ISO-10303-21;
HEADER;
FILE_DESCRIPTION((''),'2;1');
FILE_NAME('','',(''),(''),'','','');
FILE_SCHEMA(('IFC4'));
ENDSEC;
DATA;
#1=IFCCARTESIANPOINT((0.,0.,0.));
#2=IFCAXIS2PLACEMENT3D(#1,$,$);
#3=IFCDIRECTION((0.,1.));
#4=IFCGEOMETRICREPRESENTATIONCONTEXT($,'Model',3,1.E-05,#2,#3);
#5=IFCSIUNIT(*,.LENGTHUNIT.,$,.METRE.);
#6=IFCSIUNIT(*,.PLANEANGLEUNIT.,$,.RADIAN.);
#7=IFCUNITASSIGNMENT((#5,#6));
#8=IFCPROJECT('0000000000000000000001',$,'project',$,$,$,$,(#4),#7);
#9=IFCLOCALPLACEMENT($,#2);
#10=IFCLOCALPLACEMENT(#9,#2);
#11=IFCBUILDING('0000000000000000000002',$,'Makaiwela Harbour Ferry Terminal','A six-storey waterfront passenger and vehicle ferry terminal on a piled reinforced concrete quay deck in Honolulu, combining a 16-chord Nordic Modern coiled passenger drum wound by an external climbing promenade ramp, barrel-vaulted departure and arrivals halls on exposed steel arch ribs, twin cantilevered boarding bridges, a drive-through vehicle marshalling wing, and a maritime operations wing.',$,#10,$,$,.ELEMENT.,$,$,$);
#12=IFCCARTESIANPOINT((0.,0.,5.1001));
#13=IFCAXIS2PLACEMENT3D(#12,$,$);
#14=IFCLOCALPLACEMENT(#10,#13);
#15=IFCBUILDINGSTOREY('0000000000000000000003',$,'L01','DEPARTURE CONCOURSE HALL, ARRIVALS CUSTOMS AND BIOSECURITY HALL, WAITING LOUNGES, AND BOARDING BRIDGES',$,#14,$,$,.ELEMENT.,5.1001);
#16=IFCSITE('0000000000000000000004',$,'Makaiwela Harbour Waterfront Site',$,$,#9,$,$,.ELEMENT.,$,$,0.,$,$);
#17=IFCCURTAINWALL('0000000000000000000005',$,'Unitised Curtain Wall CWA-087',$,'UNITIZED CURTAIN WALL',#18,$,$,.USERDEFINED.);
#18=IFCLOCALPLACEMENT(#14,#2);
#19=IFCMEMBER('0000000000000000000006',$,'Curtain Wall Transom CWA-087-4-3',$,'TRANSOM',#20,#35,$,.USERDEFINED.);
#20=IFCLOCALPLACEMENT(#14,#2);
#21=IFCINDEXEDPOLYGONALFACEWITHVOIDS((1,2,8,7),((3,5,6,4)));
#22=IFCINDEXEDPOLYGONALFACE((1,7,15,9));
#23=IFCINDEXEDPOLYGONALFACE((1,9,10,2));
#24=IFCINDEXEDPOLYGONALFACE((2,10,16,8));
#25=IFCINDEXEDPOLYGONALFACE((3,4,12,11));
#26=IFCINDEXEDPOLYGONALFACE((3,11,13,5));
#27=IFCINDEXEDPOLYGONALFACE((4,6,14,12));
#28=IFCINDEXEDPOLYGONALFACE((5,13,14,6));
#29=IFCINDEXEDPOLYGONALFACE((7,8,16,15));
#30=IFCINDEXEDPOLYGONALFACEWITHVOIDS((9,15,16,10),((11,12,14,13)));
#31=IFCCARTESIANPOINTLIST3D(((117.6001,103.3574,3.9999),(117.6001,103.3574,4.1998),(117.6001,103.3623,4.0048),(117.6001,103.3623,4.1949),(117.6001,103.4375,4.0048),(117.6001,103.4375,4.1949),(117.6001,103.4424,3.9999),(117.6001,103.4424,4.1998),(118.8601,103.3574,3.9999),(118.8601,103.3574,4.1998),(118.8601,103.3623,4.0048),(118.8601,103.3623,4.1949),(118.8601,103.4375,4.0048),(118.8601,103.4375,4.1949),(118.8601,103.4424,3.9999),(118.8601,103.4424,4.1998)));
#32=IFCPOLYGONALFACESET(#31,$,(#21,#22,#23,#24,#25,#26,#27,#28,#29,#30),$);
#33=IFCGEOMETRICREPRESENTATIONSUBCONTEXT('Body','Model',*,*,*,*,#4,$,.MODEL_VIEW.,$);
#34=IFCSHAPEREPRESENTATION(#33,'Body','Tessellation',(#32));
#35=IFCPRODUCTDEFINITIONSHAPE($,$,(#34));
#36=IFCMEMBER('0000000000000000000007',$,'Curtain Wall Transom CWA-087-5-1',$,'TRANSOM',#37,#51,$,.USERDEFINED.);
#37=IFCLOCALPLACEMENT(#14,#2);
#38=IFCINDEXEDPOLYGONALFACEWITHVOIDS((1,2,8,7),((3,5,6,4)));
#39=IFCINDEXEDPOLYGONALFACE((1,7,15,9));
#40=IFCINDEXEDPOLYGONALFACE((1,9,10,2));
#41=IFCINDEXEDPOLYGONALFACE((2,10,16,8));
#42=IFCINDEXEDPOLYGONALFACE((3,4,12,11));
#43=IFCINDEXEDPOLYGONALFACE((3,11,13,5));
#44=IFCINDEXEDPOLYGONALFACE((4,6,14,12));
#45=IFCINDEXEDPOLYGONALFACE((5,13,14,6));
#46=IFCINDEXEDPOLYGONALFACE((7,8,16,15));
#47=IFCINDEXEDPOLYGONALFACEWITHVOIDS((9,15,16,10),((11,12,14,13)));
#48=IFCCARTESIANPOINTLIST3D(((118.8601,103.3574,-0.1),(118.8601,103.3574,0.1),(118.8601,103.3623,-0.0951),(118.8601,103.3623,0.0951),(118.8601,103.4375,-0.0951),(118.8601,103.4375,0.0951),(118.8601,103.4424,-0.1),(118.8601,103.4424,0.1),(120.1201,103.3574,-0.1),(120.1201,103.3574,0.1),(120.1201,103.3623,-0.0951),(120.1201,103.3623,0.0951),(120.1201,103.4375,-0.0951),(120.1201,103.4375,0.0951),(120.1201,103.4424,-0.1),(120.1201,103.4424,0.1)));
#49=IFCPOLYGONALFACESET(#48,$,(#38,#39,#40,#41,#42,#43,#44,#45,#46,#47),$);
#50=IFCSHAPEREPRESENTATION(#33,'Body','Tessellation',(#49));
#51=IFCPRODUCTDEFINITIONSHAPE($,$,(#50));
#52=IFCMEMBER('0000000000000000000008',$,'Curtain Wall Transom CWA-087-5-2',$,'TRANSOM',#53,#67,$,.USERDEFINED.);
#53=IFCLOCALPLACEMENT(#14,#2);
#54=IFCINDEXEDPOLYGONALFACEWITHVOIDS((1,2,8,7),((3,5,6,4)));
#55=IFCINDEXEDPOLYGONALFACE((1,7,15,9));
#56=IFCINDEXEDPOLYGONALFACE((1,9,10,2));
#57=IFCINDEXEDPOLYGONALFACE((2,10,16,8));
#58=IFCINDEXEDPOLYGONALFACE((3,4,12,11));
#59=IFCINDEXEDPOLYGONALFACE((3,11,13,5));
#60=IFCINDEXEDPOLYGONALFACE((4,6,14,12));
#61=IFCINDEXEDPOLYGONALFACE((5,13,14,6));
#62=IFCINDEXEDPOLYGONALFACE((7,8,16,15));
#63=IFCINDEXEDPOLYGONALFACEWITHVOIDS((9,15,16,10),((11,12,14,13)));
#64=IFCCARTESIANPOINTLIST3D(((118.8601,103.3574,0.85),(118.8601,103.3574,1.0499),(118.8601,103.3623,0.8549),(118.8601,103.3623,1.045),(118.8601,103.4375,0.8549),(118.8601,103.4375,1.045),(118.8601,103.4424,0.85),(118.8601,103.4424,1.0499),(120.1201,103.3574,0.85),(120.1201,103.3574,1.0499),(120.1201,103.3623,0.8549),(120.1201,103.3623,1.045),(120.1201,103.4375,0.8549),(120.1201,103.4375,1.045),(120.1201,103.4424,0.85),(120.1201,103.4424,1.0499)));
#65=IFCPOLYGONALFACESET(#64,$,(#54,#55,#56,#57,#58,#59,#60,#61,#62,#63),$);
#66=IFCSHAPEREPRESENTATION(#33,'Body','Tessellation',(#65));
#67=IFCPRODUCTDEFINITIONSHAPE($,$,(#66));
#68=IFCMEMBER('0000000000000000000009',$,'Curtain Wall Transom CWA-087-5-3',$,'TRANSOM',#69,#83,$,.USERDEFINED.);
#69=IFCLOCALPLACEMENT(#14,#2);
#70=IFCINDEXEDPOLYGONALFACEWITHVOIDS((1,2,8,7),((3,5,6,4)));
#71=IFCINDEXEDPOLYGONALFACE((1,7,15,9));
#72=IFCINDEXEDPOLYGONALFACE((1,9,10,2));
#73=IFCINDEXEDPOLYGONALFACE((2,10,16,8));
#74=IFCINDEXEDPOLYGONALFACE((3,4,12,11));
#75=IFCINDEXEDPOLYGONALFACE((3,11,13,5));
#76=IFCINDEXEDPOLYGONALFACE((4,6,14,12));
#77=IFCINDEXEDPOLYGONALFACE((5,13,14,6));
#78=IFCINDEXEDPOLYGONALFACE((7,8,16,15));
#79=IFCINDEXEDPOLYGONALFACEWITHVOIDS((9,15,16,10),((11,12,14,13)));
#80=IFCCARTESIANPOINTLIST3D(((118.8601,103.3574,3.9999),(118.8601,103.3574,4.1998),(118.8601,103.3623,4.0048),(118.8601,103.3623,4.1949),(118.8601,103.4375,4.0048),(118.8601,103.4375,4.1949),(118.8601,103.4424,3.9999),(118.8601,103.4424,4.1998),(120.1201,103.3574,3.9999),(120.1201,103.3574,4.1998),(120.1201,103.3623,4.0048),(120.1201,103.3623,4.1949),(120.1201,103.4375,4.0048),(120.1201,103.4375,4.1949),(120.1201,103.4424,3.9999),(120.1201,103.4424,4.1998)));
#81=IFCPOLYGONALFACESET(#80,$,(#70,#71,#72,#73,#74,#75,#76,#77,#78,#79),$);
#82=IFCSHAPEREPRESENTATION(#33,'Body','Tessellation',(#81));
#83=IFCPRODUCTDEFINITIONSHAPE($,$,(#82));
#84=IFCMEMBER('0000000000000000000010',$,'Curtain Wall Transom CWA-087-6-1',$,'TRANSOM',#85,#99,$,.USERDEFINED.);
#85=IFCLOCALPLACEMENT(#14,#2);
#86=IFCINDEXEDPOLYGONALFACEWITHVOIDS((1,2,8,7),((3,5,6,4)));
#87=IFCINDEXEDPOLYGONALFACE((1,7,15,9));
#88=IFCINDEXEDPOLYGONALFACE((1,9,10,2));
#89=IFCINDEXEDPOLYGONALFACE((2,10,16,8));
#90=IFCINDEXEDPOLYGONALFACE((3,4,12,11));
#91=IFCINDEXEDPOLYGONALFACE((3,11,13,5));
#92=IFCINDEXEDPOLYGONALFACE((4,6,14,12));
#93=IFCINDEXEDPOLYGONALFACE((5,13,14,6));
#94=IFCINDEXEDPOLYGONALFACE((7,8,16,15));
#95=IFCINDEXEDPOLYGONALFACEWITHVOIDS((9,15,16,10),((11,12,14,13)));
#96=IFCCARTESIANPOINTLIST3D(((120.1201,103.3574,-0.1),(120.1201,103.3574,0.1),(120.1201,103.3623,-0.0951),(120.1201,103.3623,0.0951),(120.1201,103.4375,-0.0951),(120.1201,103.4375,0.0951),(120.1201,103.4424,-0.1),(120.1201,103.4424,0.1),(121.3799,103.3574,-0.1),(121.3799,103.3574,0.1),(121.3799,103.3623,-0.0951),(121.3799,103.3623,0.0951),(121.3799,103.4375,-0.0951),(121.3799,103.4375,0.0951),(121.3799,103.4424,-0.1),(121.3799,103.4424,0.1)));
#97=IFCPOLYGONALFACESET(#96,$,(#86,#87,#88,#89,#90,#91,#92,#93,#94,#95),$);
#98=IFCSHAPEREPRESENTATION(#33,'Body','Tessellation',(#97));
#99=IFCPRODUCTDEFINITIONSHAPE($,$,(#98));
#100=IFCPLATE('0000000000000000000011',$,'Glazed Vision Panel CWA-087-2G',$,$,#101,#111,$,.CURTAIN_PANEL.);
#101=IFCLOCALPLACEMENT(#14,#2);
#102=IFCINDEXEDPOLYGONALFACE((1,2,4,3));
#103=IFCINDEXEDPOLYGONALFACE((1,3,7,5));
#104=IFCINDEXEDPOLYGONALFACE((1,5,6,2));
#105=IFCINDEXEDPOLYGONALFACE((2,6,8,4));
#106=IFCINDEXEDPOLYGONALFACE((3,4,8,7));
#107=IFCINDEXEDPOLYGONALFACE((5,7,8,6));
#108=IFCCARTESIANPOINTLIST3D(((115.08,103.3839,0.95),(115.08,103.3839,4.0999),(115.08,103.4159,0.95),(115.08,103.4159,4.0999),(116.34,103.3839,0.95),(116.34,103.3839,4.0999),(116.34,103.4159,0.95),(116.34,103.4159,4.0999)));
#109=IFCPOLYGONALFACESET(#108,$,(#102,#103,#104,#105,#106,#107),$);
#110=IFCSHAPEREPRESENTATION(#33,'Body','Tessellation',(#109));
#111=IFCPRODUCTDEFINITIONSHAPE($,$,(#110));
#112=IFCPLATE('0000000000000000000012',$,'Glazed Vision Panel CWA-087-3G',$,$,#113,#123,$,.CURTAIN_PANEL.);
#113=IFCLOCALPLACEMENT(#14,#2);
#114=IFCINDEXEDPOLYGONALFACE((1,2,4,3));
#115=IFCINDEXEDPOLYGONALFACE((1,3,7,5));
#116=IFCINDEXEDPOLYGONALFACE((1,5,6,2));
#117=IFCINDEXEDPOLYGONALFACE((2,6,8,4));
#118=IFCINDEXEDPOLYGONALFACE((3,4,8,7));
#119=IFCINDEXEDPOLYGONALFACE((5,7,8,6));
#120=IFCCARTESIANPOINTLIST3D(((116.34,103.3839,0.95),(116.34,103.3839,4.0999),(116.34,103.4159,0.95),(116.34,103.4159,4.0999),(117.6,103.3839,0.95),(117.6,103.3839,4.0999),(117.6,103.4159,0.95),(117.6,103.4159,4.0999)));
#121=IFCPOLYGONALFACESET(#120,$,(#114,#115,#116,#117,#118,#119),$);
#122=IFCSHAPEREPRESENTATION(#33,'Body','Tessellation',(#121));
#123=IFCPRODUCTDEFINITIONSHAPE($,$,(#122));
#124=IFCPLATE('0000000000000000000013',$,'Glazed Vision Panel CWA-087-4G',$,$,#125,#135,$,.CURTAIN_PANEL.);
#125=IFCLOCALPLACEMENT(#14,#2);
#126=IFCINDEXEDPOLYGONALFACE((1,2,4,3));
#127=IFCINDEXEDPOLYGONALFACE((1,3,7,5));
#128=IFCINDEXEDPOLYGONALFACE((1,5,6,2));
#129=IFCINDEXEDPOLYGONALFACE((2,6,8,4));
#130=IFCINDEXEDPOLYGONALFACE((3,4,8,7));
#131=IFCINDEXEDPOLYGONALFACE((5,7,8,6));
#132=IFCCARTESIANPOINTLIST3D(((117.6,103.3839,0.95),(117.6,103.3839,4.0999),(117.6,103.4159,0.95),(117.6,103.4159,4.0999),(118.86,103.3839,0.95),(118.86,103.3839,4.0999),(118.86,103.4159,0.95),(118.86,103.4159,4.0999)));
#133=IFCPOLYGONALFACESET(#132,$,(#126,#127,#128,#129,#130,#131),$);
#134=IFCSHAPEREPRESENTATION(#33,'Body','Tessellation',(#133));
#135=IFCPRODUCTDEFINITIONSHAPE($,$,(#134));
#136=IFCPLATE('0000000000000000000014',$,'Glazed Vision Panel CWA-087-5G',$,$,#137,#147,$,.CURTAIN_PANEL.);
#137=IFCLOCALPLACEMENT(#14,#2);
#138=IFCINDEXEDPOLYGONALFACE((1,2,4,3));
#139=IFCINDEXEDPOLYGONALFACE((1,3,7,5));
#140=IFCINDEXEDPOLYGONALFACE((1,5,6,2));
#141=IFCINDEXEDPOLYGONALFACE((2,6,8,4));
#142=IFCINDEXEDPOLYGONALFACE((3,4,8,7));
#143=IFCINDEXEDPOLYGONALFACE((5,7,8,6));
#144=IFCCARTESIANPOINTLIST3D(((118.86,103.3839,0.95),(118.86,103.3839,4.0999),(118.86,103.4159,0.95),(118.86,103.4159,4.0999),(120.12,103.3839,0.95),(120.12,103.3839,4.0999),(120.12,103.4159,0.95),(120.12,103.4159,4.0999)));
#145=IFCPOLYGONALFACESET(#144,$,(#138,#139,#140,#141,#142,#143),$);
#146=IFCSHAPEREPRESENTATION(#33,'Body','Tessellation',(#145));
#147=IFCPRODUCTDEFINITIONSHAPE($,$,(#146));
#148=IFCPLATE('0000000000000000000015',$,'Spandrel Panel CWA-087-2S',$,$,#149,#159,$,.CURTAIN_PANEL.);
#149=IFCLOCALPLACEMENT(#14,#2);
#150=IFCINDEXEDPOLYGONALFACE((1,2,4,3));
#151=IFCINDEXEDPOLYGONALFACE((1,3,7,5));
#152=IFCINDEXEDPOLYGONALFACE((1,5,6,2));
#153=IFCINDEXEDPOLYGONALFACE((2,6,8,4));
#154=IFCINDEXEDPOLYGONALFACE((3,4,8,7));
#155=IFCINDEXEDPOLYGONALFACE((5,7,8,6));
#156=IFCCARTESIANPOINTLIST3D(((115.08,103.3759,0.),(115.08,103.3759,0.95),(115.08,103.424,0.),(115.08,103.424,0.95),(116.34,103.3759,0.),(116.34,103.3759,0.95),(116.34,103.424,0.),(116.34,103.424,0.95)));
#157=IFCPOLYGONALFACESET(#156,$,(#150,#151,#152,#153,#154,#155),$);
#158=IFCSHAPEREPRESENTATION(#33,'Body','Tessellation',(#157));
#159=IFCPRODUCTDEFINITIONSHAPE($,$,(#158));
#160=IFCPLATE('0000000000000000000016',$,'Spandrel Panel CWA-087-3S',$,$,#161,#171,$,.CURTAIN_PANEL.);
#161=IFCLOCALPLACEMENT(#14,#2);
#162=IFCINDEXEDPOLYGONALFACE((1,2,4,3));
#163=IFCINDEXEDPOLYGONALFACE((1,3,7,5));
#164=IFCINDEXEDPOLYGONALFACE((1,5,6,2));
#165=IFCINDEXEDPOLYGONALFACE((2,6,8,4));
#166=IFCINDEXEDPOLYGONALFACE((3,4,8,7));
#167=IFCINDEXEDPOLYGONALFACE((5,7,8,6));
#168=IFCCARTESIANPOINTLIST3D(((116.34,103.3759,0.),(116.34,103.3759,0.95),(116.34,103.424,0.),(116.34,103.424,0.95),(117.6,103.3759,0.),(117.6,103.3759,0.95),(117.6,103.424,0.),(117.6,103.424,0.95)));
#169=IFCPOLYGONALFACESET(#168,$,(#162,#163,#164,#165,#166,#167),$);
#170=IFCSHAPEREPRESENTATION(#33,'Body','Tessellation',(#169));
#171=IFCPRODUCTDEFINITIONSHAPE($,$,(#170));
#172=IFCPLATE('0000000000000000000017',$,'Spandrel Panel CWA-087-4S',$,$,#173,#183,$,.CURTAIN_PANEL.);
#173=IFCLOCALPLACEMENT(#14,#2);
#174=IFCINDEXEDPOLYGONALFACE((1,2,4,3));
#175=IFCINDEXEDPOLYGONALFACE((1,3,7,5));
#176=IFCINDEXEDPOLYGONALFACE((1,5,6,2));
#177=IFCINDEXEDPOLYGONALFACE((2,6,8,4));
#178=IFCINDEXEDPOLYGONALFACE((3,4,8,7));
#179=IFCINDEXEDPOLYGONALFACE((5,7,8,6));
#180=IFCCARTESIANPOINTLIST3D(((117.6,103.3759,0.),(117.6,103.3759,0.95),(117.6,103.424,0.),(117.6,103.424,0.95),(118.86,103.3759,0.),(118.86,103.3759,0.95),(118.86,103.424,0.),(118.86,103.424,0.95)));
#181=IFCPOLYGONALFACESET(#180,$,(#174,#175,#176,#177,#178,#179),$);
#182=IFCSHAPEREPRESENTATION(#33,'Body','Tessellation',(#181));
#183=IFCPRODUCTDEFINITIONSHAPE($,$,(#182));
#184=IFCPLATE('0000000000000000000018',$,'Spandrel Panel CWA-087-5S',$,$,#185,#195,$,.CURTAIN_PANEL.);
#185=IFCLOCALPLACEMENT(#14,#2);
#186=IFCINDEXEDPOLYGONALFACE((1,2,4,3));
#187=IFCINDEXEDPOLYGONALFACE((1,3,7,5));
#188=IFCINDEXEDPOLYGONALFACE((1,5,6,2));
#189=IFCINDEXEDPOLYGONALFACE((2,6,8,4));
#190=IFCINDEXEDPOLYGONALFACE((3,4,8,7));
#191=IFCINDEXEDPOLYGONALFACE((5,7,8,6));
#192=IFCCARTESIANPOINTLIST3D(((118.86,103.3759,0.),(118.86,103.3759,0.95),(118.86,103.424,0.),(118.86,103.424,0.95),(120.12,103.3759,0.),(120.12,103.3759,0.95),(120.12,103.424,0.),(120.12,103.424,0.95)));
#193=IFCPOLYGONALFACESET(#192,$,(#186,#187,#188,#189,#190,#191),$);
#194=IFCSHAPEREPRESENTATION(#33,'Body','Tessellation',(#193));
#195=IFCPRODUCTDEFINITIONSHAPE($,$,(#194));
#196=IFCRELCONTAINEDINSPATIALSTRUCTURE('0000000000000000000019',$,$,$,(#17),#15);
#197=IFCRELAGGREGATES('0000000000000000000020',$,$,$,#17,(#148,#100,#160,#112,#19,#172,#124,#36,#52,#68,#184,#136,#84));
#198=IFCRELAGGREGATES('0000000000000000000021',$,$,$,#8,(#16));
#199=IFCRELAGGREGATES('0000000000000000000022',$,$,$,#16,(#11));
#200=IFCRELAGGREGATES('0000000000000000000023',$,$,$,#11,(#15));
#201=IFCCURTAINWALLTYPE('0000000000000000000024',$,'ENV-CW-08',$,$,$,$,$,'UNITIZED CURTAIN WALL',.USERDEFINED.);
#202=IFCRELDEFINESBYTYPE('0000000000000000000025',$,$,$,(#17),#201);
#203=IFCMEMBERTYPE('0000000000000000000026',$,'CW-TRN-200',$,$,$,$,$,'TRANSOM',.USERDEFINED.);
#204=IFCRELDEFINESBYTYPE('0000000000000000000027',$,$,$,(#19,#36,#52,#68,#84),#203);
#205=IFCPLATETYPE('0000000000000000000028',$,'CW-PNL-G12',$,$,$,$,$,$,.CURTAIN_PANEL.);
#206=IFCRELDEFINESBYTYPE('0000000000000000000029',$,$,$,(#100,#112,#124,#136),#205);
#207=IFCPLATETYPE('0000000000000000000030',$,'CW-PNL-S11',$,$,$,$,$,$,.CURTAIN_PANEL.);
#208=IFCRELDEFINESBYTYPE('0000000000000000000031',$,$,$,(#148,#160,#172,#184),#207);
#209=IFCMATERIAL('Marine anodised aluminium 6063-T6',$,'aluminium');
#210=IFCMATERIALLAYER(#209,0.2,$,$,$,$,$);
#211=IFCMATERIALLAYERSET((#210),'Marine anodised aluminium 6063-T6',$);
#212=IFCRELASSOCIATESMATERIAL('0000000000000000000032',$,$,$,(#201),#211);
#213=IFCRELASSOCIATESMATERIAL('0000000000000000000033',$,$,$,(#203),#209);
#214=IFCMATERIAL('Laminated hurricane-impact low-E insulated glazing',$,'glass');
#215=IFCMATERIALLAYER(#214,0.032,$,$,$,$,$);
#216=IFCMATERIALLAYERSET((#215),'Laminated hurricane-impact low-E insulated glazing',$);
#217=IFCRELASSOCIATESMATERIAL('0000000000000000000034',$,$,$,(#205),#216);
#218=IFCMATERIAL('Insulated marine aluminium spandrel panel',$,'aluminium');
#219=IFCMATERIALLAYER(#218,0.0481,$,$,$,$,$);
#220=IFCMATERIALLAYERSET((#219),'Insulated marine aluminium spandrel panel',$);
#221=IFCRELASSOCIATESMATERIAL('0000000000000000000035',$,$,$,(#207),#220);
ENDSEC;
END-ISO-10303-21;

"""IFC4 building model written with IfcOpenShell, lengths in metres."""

from ifc_helpers import new_model, si_unit, direction, frame, origin, origin_2d, place, context, subcontext, project, spatial, rectangle, hollow_rectangle, extrude, material, layer, layer_set, material_profile, profile_set, type_object, element, aggregate, save


model = new_model("IFC4")

# Units and contexts
model_context = context("Model", 3, precision=1e-05, world=origin(), true_north=direction((0.0, 1.0)))
body_context = subcontext(model_context, "Body", "Model", "MODEL_VIEW")
ifc_project = project(units=[si_unit("LENGTHUNIT", "METRE"), si_unit("PLANEANGLEUNIT", "RADIAN")], contexts=[model_context])

# Site, building, storey
site_placement = place(None, origin())
site = spatial("IfcSite", under=ifc_project, at=site_placement, Name="Makaiwela Harbour Waterfront Site", CompositionType="ELEMENT", RefElevation=0.0)
building_placement = place(site_placement, origin())
building = spatial("IfcBuilding", under=site, at=building_placement, Name="Makaiwela Harbour Ferry Terminal", Description="A six-storey waterfront passenger and vehicle ferry terminal on a piled reinforced concrete quay deck in Honolulu, combining a 16-chord Nordic Modern coiled passenger drum wound by an external climbing promenade ramp, barrel-vaulted departure and arrivals halls on exposed steel arch ribs, twin cantilevered boarding bridges, a drive-through vehicle marshalling wing, and a maritime operations wing.", CompositionType="ELEMENT")
storey_placement = place(building_placement, frame((0.0, 0.0, 5.1001)))
storey = spatial("IfcBuildingStorey", under=building, at=storey_placement, Name="L01", Description="DEPARTURE CONCOURSE HALL, ARRIVALS CUSTOMS AND BIOSECURITY HALL, WAITING LOUNGES, AND BOARDING BRIDGES", CompositionType="ELEMENT", Elevation=5.1001)

# Curtain wall, members, plates
ifc_material_1 = material(Name="Marine anodised aluminium 6063-T6", Category="aluminium")
ifc_layer_1 = layer(ifc_material_1, 0.2)
ifc_layer_set_1 = layer_set([ifc_layer_1], Name="Marine anodised aluminium 6063-T6")
curtain_wall_type = type_object("IfcCurtainWallType", Name="ENV-CW-08", ElementType="UNITIZED CURTAIN WALL", PredefinedType="USERDEFINED", material=ifc_layer_set_1)
curtain_wall_placement = place(storey_placement, origin())
curtain_wall = element("IfcCurtainWall", 1, at=curtain_wall_placement, inside=storey, type_object=curtain_wall_type, Name="Unitised Curtain Wall CWA-087", ObjectType="UNITIZED CURTAIN WALL", PredefinedType="USERDEFINED")
ifc_material_profile_1 = material_profile(ifc_material_1, hollow_rectangle(XDim=0.085, YDim=0.2, WallThickness=0.0049, at=origin_2d()), Name="CWT-200X85")
ifc_profile_set_1 = profile_set([ifc_material_profile_1], Name="Marine anodised aluminium 6063-T6")
member_type_1 = type_object("IfcMemberType", Name="CW-TRN-200", ElementType="TRANSOM", PredefinedType="USERDEFINED", material=ifc_profile_set_1)
member_1_placement = place(storey_placement, frame((117.6001, 103.3999, 4.0999), z_axis=(1.0, 0.0, 0.0), x_axis=(0.0, 1.0, 0.0)))
member_1 = element("IfcMember", 2, at=member_1_placement, type_object=member_type_1, Name="Curtain Wall Transom CWA-087-4-3", ObjectType="TRANSOM", PredefinedType="USERDEFINED", context=body_context, shape_type="SweptSolid", body=[
    extrude(hollow_rectangle(XDim=0.085, YDim=0.2, WallThickness=0.0049, at=origin_2d()), origin(), (0.0, 0.0, 1.0), 1.26),
])
member_2_placement = place(storey_placement, frame((118.8601, 103.3999, 0.0), z_axis=(1.0, 0.0, 0.0), x_axis=(0.0, 1.0, 0.0)))
member_2 = element("IfcMember", 3, at=member_2_placement, type_object=member_type_1, Name="Curtain Wall Transom CWA-087-5-1", ObjectType="TRANSOM", PredefinedType="USERDEFINED", context=body_context, shape_type="SweptSolid", body=[
    extrude(hollow_rectangle(XDim=0.085, YDim=0.2, WallThickness=0.0049, at=origin_2d()), origin(), (0.0, 0.0, 1.0), 1.26),
])
member_3_placement = place(storey_placement, frame((118.8601, 103.3999, 0.95), z_axis=(1.0, 0.0, 0.0), x_axis=(0.0, 1.0, 0.0)))
member_3 = element("IfcMember", 4, at=member_3_placement, type_object=member_type_1, Name="Curtain Wall Transom CWA-087-5-2", ObjectType="TRANSOM", PredefinedType="USERDEFINED", context=body_context, shape_type="SweptSolid", body=[
    extrude(hollow_rectangle(XDim=0.085, YDim=0.2, WallThickness=0.0049, at=origin_2d()), origin(), (0.0, 0.0, 1.0), 1.26),
])
member_4_placement = place(storey_placement, frame((118.8601, 103.3999, 4.0999), z_axis=(1.0, 0.0, 0.0), x_axis=(0.0, 1.0, 0.0)))
member_4 = element("IfcMember", 5, at=member_4_placement, type_object=member_type_1, Name="Curtain Wall Transom CWA-087-5-3", ObjectType="TRANSOM", PredefinedType="USERDEFINED", context=body_context, shape_type="SweptSolid", body=[
    extrude(hollow_rectangle(XDim=0.085, YDim=0.2, WallThickness=0.0049, at=origin_2d()), origin(), (0.0, 0.0, 1.0), 1.26),
])
member_5_placement = place(storey_placement, frame((120.1201, 103.3999, 0.0), z_axis=(1.0, 0.0, 0.0), x_axis=(0.0, 1.0, 0.0)))
member_5 = element("IfcMember", 6, at=member_5_placement, type_object=member_type_1, Name="Curtain Wall Transom CWA-087-6-1", ObjectType="TRANSOM", PredefinedType="USERDEFINED", context=body_context, shape_type="SweptSolid", body=[
    extrude(hollow_rectangle(XDim=0.085, YDim=0.2, WallThickness=0.0049, at=origin_2d()), origin(), (0.0, 0.0, 1.0), 1.2598),
])
ifc_material_2 = material(Name="Laminated hurricane-impact low-E insulated glazing", Category="glass")
ifc_layer_2 = layer(ifc_material_2, 0.032)
ifc_layer_set_2 = layer_set([ifc_layer_2], Name="Laminated hurricane-impact low-E insulated glazing")
plate_type_1 = type_object("IfcPlateType", Name="CW-PNL-G12", PredefinedType="CURTAIN_PANEL", material=ifc_layer_set_2)
plate_1_placement = place(storey_placement, frame((115.71, 103.3999, 0.95), z_axis=(0.0, 0.0, 1.0), x_axis=(1.0, 0.0, 0.0)))
plate_1 = element("IfcPlate", 7, at=plate_1_placement, type_object=plate_type_1, Name="Glazed Vision Panel CWA-087-2G", PredefinedType="CURTAIN_PANEL", context=body_context, shape_type="SweptSolid", body=[
    extrude(rectangle(XDim=1.26, YDim=0.032, at=origin_2d()), origin(), (0.0, 0.0, 1.0), 3.1499),
])
plate_2_placement = place(storey_placement, frame((116.97, 103.3999, 0.95), z_axis=(0.0, 0.0, 1.0), x_axis=(1.0, 0.0, 0.0)))
plate_2 = element("IfcPlate", 8, at=plate_2_placement, type_object=plate_type_1, Name="Glazed Vision Panel CWA-087-3G", PredefinedType="CURTAIN_PANEL", context=body_context, shape_type="SweptSolid", body=[
    extrude(rectangle(XDim=1.26, YDim=0.032, at=origin_2d()), origin(), (0.0, 0.0, 1.0), 3.1499),
])
plate_3_placement = place(storey_placement, frame((118.23, 103.3999, 0.95), z_axis=(0.0, 0.0, 1.0), x_axis=(1.0, 0.0, 0.0)))
plate_3 = element("IfcPlate", 9, at=plate_3_placement, type_object=plate_type_1, Name="Glazed Vision Panel CWA-087-4G", PredefinedType="CURTAIN_PANEL", context=body_context, shape_type="SweptSolid", body=[
    extrude(rectangle(XDim=1.26, YDim=0.032, at=origin_2d()), origin(), (0.0, 0.0, 1.0), 3.1499),
])
plate_4_placement = place(storey_placement, frame((119.49, 103.3999, 0.95), z_axis=(0.0, 0.0, 1.0), x_axis=(1.0, 0.0, 0.0)))
plate_4 = element("IfcPlate", 10, at=plate_4_placement, type_object=plate_type_1, Name="Glazed Vision Panel CWA-087-5G", PredefinedType="CURTAIN_PANEL", context=body_context, shape_type="SweptSolid", body=[
    extrude(rectangle(XDim=1.26, YDim=0.032, at=origin_2d()), origin(), (0.0, 0.0, 1.0), 3.1499),
])
ifc_material_3 = material(Name="Insulated marine aluminium spandrel panel", Category="aluminium")
ifc_layer_3 = layer(ifc_material_3, 0.0481)
ifc_layer_set_3 = layer_set([ifc_layer_3], Name="Insulated marine aluminium spandrel panel")
plate_type_2 = type_object("IfcPlateType", Name="CW-PNL-S11", PredefinedType="CURTAIN_PANEL", material=ifc_layer_set_3)
plate_5_placement = place(storey_placement, frame((115.71, 103.3999, 0.0), z_axis=(0.0, 0.0, 1.0), x_axis=(1.0, 0.0, 0.0)))
plate_5 = element("IfcPlate", 11, at=plate_5_placement, type_object=plate_type_2, Name="Spandrel Panel CWA-087-2S", PredefinedType="CURTAIN_PANEL", context=body_context, shape_type="SweptSolid", body=[
    extrude(rectangle(XDim=1.26, YDim=0.0481, at=origin_2d()), origin(), (0.0, 0.0, 1.0), 0.95),
])
plate_6_placement = place(storey_placement, frame((116.97, 103.3999, 0.0), z_axis=(0.0, 0.0, 1.0), x_axis=(1.0, 0.0, 0.0)))
plate_6 = element("IfcPlate", 12, at=plate_6_placement, type_object=plate_type_2, Name="Spandrel Panel CWA-087-3S", PredefinedType="CURTAIN_PANEL", context=body_context, shape_type="SweptSolid", body=[
    extrude(rectangle(XDim=1.26, YDim=0.0481, at=origin_2d()), origin(), (0.0, 0.0, 1.0), 0.95),
])
plate_7_placement = place(storey_placement, frame((118.23, 103.3999, 0.0), z_axis=(0.0, 0.0, 1.0), x_axis=(1.0, 0.0, 0.0)))
plate_7 = element("IfcPlate", 13, at=plate_7_placement, type_object=plate_type_2, Name="Spandrel Panel CWA-087-4S", PredefinedType="CURTAIN_PANEL", context=body_context, shape_type="SweptSolid", body=[
    extrude(rectangle(XDim=1.26, YDim=0.0481, at=origin_2d()), origin(), (0.0, 0.0, 1.0), 0.95),
])
plate_8_placement = place(storey_placement, frame((119.49, 103.3999, 0.0), z_axis=(0.0, 0.0, 1.0), x_axis=(1.0, 0.0, 0.0)))
plate_8 = element("IfcPlate", 14, at=plate_8_placement, type_object=plate_type_2, Name="Spandrel Panel CWA-087-5S", PredefinedType="CURTAIN_PANEL", context=body_context, shape_type="SweptSolid", body=[
    extrude(rectangle(XDim=1.26, YDim=0.0481, at=origin_2d()), origin(), (0.0, 0.0, 1.0), 0.95),
])
aggregate(curtain_wall, [plate_5, plate_1, plate_6, plate_2, member_1, plate_7, plate_3, member_2, member_3, member_4, plate_8, plate_4, member_5])

save(model, "model.ifc")
